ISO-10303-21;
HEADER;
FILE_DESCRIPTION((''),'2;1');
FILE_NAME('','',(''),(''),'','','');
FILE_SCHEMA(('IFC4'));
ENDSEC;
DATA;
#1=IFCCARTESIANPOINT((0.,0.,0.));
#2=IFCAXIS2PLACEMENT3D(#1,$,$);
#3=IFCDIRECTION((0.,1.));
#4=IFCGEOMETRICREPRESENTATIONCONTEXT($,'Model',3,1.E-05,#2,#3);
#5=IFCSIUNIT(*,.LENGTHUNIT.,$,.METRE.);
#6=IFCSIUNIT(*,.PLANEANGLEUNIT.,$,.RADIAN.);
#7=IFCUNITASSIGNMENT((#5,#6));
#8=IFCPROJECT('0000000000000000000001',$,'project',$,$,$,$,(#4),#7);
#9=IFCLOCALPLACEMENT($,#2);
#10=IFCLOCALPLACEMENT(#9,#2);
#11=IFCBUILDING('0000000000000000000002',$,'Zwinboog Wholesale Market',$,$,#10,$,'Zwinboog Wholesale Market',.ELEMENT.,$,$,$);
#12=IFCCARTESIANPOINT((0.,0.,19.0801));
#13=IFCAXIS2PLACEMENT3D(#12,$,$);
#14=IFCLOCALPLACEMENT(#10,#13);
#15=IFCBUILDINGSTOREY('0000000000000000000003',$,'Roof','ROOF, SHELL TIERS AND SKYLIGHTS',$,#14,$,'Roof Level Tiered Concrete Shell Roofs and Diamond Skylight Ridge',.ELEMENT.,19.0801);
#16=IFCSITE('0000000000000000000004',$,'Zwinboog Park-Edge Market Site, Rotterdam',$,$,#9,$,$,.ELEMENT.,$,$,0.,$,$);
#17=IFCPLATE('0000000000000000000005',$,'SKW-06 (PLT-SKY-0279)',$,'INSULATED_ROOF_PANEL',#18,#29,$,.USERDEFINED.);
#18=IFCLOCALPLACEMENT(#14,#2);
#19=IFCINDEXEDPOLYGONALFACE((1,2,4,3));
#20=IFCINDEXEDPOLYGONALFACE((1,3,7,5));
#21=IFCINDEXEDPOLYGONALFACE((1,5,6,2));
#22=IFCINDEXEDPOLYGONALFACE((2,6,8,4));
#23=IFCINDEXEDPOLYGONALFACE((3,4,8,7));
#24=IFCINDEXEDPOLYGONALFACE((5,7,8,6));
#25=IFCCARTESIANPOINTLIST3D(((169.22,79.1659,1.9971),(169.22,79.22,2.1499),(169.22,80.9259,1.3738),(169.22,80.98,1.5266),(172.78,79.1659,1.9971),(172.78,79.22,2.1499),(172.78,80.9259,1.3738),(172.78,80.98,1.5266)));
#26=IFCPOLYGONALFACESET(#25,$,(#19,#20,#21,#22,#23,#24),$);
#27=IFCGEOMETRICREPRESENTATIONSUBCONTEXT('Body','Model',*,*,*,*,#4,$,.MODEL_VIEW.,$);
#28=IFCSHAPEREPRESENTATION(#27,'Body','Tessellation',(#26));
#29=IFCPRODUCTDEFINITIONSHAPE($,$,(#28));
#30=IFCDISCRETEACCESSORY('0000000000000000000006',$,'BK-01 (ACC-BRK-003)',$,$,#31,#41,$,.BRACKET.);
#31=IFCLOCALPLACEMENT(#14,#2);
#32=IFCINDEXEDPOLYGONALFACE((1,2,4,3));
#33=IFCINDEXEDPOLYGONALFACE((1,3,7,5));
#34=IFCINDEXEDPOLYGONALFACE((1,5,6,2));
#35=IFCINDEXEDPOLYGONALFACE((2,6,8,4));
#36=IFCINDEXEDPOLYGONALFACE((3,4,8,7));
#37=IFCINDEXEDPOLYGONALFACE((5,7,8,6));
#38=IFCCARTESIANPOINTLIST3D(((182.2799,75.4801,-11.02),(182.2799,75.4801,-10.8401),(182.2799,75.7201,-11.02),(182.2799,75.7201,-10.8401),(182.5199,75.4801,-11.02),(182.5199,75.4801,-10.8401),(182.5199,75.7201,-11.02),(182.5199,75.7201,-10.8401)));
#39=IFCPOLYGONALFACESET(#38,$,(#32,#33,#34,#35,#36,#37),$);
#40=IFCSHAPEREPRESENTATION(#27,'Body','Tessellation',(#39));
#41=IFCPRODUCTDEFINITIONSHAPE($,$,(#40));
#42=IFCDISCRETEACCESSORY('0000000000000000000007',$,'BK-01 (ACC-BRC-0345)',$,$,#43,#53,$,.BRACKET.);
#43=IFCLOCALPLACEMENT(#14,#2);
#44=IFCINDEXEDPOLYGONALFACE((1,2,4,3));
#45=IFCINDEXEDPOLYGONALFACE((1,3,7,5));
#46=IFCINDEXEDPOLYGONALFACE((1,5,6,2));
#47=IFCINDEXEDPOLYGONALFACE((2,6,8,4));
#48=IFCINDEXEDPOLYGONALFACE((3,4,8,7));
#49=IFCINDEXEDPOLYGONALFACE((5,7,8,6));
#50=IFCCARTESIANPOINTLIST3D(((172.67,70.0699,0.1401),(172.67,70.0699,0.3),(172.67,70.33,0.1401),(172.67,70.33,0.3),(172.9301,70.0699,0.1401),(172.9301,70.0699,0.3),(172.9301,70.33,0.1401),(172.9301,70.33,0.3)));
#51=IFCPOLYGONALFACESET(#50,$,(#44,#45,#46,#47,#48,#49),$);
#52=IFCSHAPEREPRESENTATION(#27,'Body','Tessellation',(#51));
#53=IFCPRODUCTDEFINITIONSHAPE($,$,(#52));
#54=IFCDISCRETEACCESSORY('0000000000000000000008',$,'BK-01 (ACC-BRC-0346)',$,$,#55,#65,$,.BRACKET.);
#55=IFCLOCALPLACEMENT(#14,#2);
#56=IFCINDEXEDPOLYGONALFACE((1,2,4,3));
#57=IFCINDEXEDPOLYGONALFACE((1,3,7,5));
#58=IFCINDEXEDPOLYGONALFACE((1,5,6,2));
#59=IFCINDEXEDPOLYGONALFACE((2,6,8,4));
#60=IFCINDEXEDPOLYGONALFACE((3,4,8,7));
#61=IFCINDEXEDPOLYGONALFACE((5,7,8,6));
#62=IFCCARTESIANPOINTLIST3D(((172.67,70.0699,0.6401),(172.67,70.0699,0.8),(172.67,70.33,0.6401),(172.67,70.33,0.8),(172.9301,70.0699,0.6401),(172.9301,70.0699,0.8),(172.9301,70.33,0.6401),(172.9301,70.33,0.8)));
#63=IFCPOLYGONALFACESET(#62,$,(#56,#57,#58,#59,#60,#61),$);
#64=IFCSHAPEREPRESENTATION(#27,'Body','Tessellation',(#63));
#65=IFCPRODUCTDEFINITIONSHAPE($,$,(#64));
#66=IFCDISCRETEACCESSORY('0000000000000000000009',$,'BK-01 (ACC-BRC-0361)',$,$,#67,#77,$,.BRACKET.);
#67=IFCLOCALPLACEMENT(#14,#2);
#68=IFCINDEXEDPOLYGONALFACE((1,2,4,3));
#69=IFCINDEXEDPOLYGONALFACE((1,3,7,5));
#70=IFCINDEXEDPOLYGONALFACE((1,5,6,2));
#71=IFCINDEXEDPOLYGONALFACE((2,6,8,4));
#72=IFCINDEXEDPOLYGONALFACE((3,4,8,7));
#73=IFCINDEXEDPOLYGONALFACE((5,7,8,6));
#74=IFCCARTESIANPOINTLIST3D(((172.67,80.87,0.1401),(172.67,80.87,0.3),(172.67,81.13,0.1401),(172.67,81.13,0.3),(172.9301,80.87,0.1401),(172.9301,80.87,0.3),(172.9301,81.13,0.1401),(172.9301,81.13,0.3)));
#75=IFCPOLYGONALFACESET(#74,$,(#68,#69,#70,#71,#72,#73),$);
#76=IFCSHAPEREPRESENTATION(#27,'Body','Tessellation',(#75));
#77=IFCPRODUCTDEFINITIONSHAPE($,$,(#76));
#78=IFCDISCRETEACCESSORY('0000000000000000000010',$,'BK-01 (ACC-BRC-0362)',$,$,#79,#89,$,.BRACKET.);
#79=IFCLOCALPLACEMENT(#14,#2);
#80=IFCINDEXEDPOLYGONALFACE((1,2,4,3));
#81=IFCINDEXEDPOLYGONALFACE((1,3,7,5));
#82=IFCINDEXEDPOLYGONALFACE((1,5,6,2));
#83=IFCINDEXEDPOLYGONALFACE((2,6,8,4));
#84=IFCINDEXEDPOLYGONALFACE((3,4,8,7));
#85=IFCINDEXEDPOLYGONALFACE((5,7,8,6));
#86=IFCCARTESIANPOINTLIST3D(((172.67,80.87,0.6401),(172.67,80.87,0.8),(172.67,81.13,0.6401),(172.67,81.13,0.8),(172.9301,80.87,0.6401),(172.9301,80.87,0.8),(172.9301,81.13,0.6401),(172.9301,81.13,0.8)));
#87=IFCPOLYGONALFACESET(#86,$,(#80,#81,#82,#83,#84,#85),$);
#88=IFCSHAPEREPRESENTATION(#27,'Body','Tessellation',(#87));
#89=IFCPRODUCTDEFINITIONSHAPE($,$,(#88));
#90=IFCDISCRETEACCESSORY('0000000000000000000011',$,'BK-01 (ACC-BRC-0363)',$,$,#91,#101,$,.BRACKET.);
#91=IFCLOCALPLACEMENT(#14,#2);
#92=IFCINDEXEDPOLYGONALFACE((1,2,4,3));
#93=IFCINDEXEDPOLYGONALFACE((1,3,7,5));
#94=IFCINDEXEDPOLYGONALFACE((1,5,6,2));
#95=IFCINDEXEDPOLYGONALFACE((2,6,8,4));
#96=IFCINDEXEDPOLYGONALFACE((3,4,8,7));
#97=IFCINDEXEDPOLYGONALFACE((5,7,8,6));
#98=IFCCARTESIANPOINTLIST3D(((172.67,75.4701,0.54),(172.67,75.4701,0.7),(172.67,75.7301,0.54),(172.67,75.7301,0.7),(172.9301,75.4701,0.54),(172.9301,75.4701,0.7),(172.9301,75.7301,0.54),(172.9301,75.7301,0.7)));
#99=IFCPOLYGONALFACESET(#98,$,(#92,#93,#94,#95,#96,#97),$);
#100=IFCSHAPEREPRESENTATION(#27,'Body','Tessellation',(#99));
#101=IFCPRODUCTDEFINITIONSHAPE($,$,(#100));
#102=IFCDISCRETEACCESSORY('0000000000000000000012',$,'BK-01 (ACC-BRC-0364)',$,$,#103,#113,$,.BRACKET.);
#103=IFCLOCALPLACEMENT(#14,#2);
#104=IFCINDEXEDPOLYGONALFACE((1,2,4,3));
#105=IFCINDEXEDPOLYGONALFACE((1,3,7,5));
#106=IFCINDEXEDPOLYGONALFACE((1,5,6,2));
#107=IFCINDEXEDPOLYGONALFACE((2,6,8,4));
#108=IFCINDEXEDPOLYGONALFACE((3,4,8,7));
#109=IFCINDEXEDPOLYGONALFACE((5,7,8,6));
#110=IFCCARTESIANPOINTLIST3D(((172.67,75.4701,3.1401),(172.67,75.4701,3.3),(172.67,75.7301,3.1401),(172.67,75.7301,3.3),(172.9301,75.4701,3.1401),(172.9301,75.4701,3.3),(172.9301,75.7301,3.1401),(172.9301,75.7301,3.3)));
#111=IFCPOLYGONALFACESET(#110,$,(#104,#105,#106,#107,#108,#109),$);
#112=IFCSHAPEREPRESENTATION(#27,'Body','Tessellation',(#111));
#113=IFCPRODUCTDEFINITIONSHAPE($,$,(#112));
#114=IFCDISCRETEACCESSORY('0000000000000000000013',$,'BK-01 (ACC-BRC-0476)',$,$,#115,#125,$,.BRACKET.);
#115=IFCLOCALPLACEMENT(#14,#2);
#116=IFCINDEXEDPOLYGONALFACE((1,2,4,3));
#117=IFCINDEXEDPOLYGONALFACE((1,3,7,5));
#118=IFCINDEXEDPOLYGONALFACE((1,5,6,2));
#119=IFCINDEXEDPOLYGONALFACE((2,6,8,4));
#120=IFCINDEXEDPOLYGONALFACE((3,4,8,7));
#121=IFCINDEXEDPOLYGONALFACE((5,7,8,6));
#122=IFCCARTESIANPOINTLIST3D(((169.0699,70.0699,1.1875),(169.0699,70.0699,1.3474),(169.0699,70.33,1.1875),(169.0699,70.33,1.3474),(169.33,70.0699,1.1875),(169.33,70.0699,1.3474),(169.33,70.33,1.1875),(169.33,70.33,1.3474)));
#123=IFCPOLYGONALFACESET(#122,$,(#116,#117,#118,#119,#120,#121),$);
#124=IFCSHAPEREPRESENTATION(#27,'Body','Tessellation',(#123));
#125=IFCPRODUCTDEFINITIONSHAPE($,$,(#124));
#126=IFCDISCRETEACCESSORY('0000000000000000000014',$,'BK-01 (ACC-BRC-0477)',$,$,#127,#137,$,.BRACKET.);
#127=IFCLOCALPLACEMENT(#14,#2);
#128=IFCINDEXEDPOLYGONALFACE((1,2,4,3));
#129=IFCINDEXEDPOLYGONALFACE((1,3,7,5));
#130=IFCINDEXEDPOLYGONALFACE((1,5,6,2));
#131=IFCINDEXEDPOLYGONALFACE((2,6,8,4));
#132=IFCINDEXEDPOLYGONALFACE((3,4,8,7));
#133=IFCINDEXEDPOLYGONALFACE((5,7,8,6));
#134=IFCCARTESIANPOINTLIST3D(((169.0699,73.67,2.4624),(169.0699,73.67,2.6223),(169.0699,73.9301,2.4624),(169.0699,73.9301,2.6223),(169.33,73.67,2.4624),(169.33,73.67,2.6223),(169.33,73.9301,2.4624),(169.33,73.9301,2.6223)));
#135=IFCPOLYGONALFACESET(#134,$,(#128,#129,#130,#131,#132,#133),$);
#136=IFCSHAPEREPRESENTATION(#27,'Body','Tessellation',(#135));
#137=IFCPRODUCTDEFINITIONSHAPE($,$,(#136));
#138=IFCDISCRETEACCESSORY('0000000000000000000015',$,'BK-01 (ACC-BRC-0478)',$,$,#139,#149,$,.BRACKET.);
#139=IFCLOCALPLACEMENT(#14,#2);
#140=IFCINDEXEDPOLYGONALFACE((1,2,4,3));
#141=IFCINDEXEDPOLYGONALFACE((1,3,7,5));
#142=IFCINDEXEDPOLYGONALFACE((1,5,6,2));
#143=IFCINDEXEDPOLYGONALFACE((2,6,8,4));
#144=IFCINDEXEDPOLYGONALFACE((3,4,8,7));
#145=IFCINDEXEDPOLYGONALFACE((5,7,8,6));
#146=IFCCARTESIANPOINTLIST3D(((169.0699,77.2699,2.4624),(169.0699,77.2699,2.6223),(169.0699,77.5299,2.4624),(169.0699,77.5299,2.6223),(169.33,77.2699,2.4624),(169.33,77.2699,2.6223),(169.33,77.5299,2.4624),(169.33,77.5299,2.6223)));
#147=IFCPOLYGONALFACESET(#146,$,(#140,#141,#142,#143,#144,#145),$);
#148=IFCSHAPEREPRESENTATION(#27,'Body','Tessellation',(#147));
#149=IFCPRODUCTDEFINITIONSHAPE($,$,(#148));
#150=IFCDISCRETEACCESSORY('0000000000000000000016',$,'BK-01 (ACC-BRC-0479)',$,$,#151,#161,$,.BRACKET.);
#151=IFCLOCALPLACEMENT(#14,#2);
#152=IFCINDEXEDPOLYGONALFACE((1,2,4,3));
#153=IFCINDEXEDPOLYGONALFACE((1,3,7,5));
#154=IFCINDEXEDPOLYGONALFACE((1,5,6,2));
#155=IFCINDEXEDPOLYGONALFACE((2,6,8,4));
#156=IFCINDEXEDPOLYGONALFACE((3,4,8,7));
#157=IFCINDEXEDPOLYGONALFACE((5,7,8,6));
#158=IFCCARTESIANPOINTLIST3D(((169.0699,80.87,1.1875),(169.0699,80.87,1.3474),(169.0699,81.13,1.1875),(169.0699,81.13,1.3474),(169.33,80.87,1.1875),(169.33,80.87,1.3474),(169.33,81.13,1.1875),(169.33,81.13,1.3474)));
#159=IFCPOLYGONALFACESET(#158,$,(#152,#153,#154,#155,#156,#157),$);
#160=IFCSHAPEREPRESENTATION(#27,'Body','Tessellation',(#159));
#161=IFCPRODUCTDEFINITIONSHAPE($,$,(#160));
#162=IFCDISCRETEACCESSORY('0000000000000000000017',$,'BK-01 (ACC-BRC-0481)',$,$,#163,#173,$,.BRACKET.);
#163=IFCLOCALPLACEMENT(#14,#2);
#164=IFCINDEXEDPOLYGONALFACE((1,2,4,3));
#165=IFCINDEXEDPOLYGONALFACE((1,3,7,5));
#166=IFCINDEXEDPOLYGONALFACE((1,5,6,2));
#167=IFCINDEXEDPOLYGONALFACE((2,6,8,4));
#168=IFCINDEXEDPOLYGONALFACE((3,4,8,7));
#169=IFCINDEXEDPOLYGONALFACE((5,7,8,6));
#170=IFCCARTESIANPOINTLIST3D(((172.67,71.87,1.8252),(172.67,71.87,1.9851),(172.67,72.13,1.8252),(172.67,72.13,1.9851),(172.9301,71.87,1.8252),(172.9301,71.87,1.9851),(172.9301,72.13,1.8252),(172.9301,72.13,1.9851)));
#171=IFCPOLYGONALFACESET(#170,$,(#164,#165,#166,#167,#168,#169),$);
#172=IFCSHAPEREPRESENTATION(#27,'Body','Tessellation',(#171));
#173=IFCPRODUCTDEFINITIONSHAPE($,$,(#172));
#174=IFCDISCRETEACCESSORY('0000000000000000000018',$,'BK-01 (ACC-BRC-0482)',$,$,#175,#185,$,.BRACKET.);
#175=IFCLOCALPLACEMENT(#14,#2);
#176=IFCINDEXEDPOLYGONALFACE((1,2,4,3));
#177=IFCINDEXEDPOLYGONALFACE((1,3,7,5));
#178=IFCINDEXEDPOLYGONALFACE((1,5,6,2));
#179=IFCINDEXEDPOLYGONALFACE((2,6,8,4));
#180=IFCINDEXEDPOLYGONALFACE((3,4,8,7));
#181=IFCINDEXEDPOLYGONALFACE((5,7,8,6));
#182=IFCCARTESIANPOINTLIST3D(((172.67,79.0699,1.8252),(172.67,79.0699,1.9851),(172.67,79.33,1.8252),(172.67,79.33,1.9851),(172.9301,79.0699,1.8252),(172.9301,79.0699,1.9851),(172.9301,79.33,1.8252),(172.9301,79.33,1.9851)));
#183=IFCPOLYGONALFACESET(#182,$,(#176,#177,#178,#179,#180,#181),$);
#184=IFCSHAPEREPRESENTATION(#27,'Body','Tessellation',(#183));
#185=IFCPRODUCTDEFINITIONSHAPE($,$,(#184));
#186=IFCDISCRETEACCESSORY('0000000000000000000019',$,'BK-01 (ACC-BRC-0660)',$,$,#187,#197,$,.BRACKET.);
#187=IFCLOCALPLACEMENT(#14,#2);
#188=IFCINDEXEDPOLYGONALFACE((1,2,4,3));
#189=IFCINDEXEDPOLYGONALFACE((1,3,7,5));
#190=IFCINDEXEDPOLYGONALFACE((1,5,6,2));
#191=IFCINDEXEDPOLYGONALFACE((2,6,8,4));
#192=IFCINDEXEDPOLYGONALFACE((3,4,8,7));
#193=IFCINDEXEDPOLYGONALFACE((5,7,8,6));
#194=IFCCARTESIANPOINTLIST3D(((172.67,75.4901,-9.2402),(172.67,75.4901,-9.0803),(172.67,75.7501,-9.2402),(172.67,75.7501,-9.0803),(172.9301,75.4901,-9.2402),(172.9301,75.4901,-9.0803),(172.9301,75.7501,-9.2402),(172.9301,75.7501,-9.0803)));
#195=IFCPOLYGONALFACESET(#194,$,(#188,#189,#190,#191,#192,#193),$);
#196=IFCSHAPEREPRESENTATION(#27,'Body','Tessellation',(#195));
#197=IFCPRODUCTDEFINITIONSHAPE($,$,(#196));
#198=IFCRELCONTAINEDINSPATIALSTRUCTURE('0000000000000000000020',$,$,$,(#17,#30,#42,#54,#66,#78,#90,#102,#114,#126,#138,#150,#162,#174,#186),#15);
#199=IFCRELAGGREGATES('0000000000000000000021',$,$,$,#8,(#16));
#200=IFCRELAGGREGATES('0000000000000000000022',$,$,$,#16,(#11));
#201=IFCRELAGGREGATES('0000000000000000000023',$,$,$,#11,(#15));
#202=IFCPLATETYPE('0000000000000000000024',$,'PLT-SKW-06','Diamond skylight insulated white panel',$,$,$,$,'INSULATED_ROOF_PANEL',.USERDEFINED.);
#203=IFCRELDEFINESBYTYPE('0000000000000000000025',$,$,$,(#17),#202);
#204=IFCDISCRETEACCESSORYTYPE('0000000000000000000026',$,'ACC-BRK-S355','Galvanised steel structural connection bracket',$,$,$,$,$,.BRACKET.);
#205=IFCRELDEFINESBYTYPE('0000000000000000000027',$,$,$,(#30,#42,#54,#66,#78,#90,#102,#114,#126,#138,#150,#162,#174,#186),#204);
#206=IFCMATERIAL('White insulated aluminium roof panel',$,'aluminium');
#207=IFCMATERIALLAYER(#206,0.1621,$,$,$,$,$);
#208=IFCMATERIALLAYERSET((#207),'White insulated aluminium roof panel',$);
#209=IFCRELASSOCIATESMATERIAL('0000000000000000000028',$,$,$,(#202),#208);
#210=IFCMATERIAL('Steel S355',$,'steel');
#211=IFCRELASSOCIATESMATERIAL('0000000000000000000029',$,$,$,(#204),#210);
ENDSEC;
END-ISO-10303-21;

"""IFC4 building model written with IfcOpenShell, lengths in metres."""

from ifc_helpers import new_model, si_unit, direction, frame, origin, origin_2d, place, context, subcontext, project, spatial, polyline, rectangle, outline, extrude, material, layer, layer_set, type_object, element, save


model = new_model("IFC4")

# Units and contexts
model_context = context("Model", 3, precision=1e-05, world=origin(), true_north=direction((0.0, 1.0)))
body_context = subcontext(model_context, "Body", "Model", "MODEL_VIEW")
ifc_project = project(units=[si_unit("LENGTHUNIT", "METRE"), si_unit("PLANEANGLEUNIT", "RADIAN")], contexts=[model_context])

# Site, building, storey
site_placement = place(None, origin())
site = spatial("IfcSite", under=ifc_project, at=site_placement, Name="Zwinboog Park-Edge Market Site, Rotterdam", CompositionType="ELEMENT", RefElevation=0.0)
building_placement = place(site_placement, origin())
building = spatial("IfcBuilding", under=site, at=building_placement, Name="Zwinboog Wholesale Market", LongName="Zwinboog Wholesale Market", CompositionType="ELEMENT")
storey_placement = place(building_placement, frame((0.0, 0.0, 19.0801)))
storey = spatial("IfcBuildingStorey", under=building, at=storey_placement, Name="Roof", Description="ROOF, SHELL TIERS AND SKYLIGHTS", LongName="Roof Level Tiered Concrete Shell Roofs and Diamond Skylight Ridge", CompositionType="ELEMENT", Elevation=19.0801)

# Shared definitions
ifc_material_1 = material(Name="Steel S355", Category="steel")

# Plate
ifc_material_2 = material(Name="White insulated aluminium roof panel", Category="aluminium")
ifc_layer_1 = layer(ifc_material_2, 0.1621)
ifc_layer_set_1 = layer_set([ifc_layer_1], Name="White insulated aluminium roof panel")
plate_type_1 = type_object("IfcPlateType", Name="PLT-SKW-06", Description="Diamond skylight insulated white panel", ElementType="INSULATED_ROOF_PANEL", PredefinedType="USERDEFINED", material=ifc_layer_set_1)
plate_1_placement = place(storey_placement, frame((169.22, 79.22, 2.1499), z_axis=(0.0, 0.333825, 0.942635), x_axis=(1.0, 0.0, 0.0)))
element("IfcPlate", 1, at=plate_1_placement, inside=storey, type_object=plate_type_1, Name="SKW-06 (PLT-SKY-0279)", ObjectType="INSULATED_ROOF_PANEL", PredefinedType="USERDEFINED", context=body_context, shape_type="SweptSolid", body=[
    extrude(outline(polyline([(0.0, 0.0), (3.5601, 0.0), (3.5601, 1.8671), (0.0, 1.8671), (0.0, 0.0)])), origin(), (0.0, 0.0, -1.0), 0.1621),
])

# Discrete accessories
discrete_accessory_type = type_object("IfcDiscreteAccessoryType", Name="ACC-BRK-S355", Description="Galvanised steel structural connection bracket", PredefinedType="BRACKET", material=ifc_material_1)
discrete_accessory_placement = place(storey_placement, frame((182.3999, 75.6001, -11.02), z_axis=(0.0, 0.0, 1.0), x_axis=(1.0, 0.0, 0.0)))
element("IfcDiscreteAccessory", 2, at=discrete_accessory_placement, inside=storey, type_object=discrete_accessory_type, Name="BK-01 (ACC-BRK-003)", PredefinedType="BRACKET", context=body_context, shape_type="SweptSolid", body=[
    extrude(rectangle(XDim=0.24, YDim=0.24, at=origin_2d()), origin(), (0.0, 0.0, 1.0), 0.1799),
])
for number, where, z_axis, x_axis, name in (
    (3, (172.8, 70.2, 0.1401), (0.0, 0.0, 1.0), (1.0, 0.0, 0.0), "BK-01 (ACC-BRC-0345)"),
    (4, (172.8, 70.2, 0.6401), (0.0, 0.0, 1.0), (1.0, 0.0, 0.0), "BK-01 (ACC-BRC-0346)"),
    (5, (172.8, 81.0, 0.1401), (0.0, 0.0, 1.0), (1.0, 0.0, 0.0), "BK-01 (ACC-BRC-0361)"),
    (6, (172.8, 81.0, 0.6401), (0.0, 0.0, 1.0), (1.0, 0.0, 0.0), "BK-01 (ACC-BRC-0362)"),
    (7, (172.8, 75.6001, 0.54), (0.0, 0.0, 1.0), (1.0, 0.0, 0.0), "BK-01 (ACC-BRC-0363)"),
    (8, (172.8, 75.6001, 3.1401), (0.0, 0.0, 1.0), (1.0, 0.0, 0.0), "BK-01 (ACC-BRC-0364)"),
    (9, (169.2, 70.2, 1.1875), (0.0, 0.0, 1.0), (1.0, 0.0, 0.0), "BK-01 (ACC-BRC-0476)"),
    (10, (169.2, 73.8, 2.4624), (0.0, 0.0, 1.0), (1.0, 0.0, 0.0), "BK-01 (ACC-BRC-0477)"),
    (11, (169.2, 77.3999, 2.4624), (0.0, 0.0, 1.0), (1.0, 0.0, 0.0), "BK-01 (ACC-BRC-0478)"),
    (12, (169.2, 81.0, 1.1875), (0.0, 0.0, 1.0), (1.0, 0.0, 0.0), "BK-01 (ACC-BRC-0479)"),
    (13, (172.8, 72.0, 1.8252), (0.0, 0.0, 1.0), (1.0, 0.0, 0.0), "BK-01 (ACC-BRC-0481)"),
    (14, (172.8, 79.2, 1.8252), (0.0, 0.0, 1.0), (1.0, 0.0, 0.0), "BK-01 (ACC-BRC-0482)"),
    (15, (172.8, 75.6201, -9.2402), (0.0, 0.0, 1.0), (1.0, 0.0, 0.0), "BK-01 (ACC-BRC-0660)"),
):
    element("IfcDiscreteAccessory", number, at=place(storey_placement, frame(where, z_axis=z_axis, x_axis=x_axis)), inside=storey, type_object=discrete_accessory_type, Name=name, PredefinedType="BRACKET", context=body_context, shape_type="SweptSolid", body=[
        extrude(rectangle(XDim=0.26, YDim=0.26, at=origin_2d()), origin(), (0.0, 0.0, 1.0), 0.1599),
    ])

save(model, "model.ifc")
